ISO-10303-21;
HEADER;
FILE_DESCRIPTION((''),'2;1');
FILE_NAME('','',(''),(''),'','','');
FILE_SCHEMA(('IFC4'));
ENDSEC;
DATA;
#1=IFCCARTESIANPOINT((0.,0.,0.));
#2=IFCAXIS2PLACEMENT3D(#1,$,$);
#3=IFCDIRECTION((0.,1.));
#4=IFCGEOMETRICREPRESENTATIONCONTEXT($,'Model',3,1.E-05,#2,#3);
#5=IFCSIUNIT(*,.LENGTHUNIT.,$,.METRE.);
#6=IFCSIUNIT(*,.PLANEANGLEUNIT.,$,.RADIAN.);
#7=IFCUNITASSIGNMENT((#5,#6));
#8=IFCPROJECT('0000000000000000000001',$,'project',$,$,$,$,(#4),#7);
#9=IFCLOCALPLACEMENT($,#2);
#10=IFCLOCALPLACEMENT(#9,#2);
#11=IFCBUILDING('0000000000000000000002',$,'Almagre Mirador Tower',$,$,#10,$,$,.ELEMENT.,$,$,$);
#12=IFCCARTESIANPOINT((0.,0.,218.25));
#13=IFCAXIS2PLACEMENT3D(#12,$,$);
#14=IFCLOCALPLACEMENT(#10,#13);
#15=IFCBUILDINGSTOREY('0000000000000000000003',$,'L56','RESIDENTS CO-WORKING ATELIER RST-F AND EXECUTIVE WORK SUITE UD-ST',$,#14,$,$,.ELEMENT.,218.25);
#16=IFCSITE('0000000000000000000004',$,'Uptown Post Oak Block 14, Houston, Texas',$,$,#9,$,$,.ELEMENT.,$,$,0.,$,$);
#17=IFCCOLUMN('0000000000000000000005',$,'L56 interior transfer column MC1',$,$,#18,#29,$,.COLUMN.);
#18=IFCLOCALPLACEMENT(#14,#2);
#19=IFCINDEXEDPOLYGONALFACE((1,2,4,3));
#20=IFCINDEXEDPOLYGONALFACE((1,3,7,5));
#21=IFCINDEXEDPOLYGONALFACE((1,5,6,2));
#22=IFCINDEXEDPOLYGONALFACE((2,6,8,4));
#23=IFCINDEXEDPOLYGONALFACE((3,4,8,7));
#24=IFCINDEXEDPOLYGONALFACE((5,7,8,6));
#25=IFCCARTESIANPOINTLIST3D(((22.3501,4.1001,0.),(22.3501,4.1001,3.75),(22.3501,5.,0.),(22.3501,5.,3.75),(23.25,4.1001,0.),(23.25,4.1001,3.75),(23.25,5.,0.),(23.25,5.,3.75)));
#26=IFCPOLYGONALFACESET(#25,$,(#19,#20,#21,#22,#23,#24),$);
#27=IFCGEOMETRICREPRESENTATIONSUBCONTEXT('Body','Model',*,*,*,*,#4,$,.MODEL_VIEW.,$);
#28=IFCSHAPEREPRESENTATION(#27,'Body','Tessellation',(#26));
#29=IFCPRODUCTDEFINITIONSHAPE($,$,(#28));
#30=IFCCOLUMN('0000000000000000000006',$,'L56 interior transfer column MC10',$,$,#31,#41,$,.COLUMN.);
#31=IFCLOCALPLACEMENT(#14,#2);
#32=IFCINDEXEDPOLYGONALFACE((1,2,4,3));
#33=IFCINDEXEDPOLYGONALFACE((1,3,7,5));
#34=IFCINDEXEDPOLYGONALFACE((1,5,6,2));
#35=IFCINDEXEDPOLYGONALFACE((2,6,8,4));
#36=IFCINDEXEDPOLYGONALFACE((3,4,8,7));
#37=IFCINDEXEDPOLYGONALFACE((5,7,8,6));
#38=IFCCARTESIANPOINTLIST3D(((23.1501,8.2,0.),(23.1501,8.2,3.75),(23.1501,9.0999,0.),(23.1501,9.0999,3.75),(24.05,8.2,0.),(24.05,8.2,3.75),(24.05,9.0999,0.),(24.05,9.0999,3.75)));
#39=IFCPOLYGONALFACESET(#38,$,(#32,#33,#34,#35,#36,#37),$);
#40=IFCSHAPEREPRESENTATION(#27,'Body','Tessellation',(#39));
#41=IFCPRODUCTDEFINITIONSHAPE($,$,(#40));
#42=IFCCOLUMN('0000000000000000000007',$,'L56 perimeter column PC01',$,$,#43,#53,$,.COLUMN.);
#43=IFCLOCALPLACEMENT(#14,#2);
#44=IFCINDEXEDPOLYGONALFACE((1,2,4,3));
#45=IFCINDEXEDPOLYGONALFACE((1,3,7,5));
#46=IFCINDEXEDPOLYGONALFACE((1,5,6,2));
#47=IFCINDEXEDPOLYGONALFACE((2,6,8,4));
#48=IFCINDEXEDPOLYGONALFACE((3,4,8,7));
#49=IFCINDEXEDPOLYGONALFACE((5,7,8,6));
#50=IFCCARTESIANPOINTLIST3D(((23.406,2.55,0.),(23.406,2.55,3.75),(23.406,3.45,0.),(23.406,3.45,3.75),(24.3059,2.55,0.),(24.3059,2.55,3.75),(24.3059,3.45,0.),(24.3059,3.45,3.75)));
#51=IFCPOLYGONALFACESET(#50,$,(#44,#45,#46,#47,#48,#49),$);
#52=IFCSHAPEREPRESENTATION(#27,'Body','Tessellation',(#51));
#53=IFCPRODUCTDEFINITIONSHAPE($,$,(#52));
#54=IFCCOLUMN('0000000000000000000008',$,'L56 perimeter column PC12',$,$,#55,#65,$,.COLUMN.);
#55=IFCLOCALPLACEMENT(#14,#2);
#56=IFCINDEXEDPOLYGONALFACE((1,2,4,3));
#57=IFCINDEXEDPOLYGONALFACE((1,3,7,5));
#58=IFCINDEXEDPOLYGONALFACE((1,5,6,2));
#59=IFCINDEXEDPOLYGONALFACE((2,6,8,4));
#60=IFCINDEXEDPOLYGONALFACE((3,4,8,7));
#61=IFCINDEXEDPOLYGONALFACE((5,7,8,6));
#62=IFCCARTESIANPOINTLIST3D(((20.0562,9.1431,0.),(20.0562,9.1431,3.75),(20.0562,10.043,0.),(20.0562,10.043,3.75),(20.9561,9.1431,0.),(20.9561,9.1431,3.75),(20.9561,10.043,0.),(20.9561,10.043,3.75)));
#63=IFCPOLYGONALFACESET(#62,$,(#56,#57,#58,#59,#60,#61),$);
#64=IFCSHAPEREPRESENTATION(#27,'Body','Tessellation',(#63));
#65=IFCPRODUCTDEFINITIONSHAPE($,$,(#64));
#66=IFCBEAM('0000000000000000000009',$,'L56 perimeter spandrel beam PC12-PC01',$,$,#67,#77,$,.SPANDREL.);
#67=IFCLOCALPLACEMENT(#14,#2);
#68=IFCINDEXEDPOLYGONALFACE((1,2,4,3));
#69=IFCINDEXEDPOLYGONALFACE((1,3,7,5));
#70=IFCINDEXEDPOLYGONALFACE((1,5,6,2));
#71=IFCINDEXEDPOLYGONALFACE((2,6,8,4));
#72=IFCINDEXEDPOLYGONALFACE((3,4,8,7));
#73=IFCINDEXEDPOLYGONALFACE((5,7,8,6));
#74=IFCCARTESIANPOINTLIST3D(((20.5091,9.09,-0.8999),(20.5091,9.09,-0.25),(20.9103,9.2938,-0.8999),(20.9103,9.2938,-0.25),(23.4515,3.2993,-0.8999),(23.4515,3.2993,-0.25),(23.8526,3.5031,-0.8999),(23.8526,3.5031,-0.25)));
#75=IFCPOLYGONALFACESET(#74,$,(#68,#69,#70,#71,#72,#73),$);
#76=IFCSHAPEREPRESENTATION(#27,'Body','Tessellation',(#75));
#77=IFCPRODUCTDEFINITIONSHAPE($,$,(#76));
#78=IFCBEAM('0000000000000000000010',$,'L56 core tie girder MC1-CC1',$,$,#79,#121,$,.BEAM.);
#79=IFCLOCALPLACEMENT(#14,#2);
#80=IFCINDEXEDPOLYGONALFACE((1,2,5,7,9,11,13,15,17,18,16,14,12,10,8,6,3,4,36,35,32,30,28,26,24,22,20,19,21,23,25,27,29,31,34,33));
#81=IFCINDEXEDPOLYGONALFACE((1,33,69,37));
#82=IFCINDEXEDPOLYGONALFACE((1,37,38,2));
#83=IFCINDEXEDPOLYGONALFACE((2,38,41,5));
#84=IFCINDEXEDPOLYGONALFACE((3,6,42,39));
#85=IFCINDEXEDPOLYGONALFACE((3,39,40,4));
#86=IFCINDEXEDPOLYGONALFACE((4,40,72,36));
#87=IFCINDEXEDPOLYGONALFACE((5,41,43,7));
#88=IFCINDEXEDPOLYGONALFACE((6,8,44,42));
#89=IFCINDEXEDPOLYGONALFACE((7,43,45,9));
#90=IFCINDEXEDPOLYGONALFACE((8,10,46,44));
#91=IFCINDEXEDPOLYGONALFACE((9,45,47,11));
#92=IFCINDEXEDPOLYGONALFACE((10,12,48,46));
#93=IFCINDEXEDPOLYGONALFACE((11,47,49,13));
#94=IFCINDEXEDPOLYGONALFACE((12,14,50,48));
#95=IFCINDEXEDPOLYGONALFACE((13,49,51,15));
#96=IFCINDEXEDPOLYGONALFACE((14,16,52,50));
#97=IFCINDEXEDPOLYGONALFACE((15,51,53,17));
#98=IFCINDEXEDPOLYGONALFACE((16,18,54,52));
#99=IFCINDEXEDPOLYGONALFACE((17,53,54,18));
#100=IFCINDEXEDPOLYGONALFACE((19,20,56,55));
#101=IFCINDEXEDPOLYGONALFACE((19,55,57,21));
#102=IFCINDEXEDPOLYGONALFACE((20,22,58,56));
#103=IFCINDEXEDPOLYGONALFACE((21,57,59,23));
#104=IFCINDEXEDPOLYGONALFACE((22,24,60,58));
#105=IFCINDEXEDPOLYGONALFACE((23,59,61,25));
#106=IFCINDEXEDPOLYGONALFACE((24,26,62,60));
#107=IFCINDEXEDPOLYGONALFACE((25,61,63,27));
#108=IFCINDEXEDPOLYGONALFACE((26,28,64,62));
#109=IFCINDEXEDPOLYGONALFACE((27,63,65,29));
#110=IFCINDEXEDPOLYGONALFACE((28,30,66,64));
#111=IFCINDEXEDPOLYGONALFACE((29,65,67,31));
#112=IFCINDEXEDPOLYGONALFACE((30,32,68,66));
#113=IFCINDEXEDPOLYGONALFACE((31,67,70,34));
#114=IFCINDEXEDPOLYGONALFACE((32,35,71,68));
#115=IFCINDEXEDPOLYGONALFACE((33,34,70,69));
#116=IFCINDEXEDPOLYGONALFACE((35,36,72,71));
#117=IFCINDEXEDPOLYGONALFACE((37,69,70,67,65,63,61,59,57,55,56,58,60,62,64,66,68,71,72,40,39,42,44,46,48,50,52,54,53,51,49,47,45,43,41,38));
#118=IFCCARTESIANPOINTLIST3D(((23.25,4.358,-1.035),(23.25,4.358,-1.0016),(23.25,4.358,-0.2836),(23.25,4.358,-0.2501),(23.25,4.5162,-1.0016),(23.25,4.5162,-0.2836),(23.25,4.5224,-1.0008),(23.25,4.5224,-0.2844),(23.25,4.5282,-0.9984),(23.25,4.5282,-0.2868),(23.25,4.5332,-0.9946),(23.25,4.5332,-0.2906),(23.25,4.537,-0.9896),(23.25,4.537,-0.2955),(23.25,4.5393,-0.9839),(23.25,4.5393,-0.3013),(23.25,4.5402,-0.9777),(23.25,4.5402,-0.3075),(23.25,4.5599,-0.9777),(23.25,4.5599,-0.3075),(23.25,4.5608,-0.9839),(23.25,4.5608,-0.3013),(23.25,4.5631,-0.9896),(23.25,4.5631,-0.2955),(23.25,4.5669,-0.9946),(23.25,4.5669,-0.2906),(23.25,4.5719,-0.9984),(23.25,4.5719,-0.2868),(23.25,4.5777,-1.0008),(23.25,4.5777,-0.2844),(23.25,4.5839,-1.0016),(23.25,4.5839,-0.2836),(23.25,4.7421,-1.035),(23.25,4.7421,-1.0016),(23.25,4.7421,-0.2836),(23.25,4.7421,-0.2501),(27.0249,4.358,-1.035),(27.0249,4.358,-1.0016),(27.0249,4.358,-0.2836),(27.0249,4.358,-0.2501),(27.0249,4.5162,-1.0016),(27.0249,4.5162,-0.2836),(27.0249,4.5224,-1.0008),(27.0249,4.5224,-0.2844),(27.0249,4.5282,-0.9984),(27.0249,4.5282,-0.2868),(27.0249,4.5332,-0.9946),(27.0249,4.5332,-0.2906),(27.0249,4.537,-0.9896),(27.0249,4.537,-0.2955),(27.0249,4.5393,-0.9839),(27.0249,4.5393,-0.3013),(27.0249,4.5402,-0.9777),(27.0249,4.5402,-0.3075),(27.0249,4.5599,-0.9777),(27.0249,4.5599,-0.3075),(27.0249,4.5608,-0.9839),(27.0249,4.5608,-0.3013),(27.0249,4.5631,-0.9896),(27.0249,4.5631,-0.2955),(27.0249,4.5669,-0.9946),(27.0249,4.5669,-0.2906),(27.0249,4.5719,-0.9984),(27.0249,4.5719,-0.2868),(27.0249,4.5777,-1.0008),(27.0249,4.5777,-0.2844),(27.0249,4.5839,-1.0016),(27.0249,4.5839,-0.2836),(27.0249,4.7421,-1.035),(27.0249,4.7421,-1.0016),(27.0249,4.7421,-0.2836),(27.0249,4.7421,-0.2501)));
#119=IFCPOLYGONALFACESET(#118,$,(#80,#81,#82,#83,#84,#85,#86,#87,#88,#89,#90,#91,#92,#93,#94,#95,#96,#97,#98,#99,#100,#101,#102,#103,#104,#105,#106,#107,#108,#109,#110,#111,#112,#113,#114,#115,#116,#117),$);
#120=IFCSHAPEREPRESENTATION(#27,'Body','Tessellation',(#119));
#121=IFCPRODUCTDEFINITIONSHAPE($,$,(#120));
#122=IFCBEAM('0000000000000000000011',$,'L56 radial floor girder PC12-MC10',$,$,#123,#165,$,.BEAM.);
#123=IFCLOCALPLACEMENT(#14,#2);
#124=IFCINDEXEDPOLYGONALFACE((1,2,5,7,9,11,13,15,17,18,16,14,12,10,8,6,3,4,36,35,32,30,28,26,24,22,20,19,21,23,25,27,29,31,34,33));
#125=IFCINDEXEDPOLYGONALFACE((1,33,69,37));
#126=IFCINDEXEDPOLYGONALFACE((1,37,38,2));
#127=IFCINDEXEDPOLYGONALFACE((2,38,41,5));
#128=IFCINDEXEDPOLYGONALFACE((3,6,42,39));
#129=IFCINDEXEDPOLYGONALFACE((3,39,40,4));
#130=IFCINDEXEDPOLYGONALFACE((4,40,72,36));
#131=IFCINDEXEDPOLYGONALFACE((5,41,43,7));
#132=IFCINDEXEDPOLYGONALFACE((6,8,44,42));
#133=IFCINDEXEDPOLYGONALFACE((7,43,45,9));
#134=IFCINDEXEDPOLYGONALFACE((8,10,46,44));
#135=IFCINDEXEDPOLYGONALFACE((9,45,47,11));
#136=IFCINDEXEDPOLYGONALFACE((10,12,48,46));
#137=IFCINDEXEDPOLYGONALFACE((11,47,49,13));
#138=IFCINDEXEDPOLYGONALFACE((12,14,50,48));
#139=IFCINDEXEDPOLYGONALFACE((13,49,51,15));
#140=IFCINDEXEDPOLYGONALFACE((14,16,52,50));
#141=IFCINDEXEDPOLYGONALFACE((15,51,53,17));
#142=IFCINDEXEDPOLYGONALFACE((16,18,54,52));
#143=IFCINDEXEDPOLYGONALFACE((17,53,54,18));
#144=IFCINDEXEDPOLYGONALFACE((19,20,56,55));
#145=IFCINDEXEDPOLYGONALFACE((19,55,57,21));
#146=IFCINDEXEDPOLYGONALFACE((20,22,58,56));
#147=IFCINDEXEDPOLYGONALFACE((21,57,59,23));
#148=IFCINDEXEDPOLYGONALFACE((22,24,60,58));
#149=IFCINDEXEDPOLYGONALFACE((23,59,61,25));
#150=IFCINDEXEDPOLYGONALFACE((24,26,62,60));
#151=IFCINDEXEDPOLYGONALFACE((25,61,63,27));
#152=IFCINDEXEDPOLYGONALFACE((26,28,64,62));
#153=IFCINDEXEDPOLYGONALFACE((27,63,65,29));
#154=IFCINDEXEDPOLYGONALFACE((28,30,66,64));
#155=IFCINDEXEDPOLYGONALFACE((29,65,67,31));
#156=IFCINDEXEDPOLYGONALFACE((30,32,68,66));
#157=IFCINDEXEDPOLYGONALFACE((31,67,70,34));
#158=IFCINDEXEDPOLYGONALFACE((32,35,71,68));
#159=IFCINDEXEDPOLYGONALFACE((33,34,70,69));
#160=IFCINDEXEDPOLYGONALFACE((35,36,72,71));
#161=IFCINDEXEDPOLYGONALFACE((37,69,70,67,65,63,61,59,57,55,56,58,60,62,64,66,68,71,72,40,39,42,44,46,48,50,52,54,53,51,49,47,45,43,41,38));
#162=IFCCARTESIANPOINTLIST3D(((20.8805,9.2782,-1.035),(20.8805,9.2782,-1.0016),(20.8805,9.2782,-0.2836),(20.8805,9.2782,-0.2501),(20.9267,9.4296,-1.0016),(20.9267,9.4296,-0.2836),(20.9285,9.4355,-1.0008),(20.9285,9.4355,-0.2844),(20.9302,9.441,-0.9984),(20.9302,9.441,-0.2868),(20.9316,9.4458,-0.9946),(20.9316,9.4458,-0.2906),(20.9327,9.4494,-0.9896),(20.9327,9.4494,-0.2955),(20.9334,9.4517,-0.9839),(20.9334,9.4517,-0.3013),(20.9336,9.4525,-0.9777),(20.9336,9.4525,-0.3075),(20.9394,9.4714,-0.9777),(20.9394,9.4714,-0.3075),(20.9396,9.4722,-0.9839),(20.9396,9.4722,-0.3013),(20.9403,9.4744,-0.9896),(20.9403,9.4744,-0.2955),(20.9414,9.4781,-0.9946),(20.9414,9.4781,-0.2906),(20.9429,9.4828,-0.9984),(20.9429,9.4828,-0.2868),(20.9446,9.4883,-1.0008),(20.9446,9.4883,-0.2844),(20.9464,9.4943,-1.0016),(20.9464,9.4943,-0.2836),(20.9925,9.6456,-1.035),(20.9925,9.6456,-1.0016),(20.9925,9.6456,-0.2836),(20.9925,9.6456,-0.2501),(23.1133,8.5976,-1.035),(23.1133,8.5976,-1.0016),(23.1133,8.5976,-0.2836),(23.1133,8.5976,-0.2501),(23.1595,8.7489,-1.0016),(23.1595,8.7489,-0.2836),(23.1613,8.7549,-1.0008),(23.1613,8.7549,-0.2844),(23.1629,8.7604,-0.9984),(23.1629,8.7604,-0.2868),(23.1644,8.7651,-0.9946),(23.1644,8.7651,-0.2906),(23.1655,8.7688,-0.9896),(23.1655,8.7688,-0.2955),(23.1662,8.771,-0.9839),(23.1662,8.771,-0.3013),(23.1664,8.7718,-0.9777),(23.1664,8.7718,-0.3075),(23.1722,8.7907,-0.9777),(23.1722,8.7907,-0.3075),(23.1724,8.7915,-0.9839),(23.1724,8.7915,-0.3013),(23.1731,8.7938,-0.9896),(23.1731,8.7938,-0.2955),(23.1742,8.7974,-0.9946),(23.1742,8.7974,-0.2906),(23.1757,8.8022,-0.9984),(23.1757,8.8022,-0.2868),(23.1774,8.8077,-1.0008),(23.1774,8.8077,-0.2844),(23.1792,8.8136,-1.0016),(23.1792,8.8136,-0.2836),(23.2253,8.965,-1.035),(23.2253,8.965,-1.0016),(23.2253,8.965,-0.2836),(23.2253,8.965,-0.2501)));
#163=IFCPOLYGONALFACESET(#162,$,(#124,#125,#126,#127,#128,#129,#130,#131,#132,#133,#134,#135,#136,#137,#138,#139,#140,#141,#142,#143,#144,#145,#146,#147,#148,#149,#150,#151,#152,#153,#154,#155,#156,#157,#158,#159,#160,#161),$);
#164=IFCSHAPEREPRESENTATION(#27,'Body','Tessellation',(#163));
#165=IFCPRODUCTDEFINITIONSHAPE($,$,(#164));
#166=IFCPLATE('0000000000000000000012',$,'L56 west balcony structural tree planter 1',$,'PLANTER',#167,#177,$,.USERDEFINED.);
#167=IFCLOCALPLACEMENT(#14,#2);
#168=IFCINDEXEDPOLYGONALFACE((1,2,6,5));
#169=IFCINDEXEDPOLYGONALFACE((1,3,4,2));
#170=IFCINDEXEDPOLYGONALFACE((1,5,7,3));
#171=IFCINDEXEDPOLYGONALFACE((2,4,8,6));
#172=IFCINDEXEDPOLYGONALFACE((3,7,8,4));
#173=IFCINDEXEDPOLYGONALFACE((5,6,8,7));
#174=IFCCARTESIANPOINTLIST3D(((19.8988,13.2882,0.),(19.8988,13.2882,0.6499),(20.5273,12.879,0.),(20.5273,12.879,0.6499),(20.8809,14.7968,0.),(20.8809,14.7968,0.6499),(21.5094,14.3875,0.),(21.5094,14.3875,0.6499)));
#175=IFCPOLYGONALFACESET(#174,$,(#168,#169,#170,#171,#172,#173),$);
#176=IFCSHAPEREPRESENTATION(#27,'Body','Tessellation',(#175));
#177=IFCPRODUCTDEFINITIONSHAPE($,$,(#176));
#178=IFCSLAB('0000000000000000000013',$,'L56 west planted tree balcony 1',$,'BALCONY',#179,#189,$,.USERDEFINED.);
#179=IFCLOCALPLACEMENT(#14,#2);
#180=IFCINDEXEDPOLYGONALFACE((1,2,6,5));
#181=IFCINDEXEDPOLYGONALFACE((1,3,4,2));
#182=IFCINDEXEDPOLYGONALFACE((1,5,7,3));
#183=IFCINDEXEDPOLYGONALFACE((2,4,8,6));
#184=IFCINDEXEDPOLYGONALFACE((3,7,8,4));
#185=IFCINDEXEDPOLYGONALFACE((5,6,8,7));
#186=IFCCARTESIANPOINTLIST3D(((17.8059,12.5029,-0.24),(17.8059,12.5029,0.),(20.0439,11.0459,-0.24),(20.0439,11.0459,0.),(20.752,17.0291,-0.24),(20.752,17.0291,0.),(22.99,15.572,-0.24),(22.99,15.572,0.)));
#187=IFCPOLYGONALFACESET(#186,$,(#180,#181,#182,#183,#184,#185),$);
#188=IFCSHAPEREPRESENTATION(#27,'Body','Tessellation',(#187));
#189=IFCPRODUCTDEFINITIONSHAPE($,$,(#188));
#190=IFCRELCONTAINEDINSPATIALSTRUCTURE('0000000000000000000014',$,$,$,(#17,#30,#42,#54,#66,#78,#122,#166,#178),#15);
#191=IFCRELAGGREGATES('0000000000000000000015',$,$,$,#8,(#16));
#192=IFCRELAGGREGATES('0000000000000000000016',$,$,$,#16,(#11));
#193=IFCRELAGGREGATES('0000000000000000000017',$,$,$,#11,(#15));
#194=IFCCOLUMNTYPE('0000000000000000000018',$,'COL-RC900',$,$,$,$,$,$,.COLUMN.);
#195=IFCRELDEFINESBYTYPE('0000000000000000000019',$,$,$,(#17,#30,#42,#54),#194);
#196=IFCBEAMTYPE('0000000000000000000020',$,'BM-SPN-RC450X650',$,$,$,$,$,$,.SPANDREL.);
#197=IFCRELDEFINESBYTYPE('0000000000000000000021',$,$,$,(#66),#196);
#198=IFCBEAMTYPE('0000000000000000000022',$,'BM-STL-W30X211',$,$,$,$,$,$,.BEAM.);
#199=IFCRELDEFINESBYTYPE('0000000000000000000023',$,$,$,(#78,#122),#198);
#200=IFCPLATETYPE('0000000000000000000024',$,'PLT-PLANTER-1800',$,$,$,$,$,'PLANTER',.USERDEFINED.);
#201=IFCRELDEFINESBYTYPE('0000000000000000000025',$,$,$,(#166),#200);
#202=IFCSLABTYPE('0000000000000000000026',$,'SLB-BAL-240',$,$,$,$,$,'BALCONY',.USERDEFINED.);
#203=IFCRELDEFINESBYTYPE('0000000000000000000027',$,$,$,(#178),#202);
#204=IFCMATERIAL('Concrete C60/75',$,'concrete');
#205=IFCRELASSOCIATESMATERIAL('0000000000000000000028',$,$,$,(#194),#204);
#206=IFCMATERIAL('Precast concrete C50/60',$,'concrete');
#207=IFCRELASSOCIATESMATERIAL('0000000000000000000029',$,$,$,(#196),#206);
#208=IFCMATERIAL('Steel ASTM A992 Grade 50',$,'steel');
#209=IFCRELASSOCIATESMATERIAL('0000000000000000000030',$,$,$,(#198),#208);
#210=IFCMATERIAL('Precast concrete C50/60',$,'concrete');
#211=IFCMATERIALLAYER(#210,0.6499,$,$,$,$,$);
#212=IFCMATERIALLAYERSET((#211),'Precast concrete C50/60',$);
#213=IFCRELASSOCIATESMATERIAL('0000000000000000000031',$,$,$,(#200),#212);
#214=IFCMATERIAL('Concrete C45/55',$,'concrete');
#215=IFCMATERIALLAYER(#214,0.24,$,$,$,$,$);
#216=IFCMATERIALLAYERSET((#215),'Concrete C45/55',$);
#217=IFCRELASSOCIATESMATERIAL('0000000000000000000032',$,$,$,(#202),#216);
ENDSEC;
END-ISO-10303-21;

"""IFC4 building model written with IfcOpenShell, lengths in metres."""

from ifc_helpers import new_model, si_unit, direction, frame, origin, origin_2d, place, context, subcontext, project, spatial, polyline, rectangle, i_section, outline, extrude, material, layer, layer_set, material_profile, profile_set, type_object, element, save


model = new_model("IFC4")

# Units and contexts
model_context = context("Model", 3, precision=1e-05, world=origin(), true_north=direction((0.0, 1.0)))
body_context = subcontext(model_context, "Body", "Model", "MODEL_VIEW")
ifc_project = project(units=[si_unit("LENGTHUNIT", "METRE"), si_unit("PLANEANGLEUNIT", "RADIAN")], contexts=[model_context])

# Site, building, storey
site_placement = place(None, origin())
site = spatial("IfcSite", under=ifc_project, at=site_placement, Name="Uptown Post Oak Block 14, Houston, Texas", CompositionType="ELEMENT", RefElevation=0.0)
building_placement = place(site_placement, origin())
building = spatial("IfcBuilding", under=site, at=building_placement, Name="Almagre Mirador Tower", CompositionType="ELEMENT")
storey_placement = place(building_placement, frame((0.0, 0.0, 218.25)))
storey = spatial("IfcBuildingStorey", under=building, at=storey_placement, Name="L56", Description="RESIDENTS CO-WORKING ATELIER RST-F AND EXECUTIVE WORK SUITE UD-ST", CompositionType="ELEMENT", Elevation=218.25)

# Columns
ifc_material_1 = material(Name="Concrete C60/75", Category="concrete")
ifc_material_profile_1 = material_profile(ifc_material_1, rectangle(XDim=0.8999, YDim=0.8999, at=origin_2d()), Name="RC900X900")
ifc_profile_set_1 = profile_set([ifc_material_profile_1], Name="Concrete C60/75")
column_type = type_object("IfcColumnType", Name="COL-RC900", PredefinedType="COLUMN", material=ifc_profile_set_1)
for number, where, z_axis, x_axis, name in (
    (1, (22.8, 4.55, 0.0), (0.0, 0.0, 1.0), (1.0, 0.0, 0.0), "L56 interior transfer column MC1"),
    (2, (23.6001, 8.6499, 0.0), (0.0, 0.0, 1.0), (1.0, 0.0, 0.0), "L56 interior transfer column MC10"),
    (3, (23.856, 3.0, 0.0), (0.0, 0.0, 1.0), (1.0, 0.0, 0.0), "L56 perimeter column PC01"),
    (4, (20.5061, 9.593, 0.0), (0.0, 0.0, 1.0), (1.0, 0.0, 0.0), "L56 perimeter column PC12"),
):
    element("IfcColumn", number, at=place(storey_placement, frame(where, z_axis=z_axis, x_axis=x_axis)), inside=storey, type_object=column_type, Name=name, PredefinedType="COLUMN", context=body_context, shape_type="SweptSolid", body=[
        extrude(rectangle(XDim=0.8999, YDim=0.8999, at=origin_2d()), origin(), (0.0, 0.0, 1.0), 3.75),
    ])

# Beams
ifc_material_2 = material(Name="Precast concrete C50/60", Category="concrete")
ifc_material_profile_2 = material_profile(ifc_material_2, rectangle(XDim=0.45, YDim=0.6499, at=origin_2d()), Name="RC450X650")
ifc_profile_set_2 = profile_set([ifc_material_profile_2], Name="Precast concrete C50/60")
beam_type_1 = type_object("IfcBeamType", Name="BM-SPN-RC450X650", PredefinedType="SPANDREL", material=ifc_profile_set_2)
beam_1_placement = place(storey_placement, frame((20.7097, 9.1919, -0.575), z_axis=(0.452993, -0.891514, 0.0), x_axis=(0.891514, 0.452993, 0.0)))
element("IfcBeam", 5, at=beam_1_placement, inside=storey, type_object=beam_type_1, Name="L56 perimeter spandrel beam PC12-PC01", PredefinedType="SPANDREL", context=body_context, shape_type="SweptSolid", body=[
    extrude(rectangle(XDim=0.45, YDim=0.6499, at=origin_2d()), origin(), (0.0, 0.0, 1.0), 6.4954),
])
ifc_material_3 = material(Name="Steel ASTM A992 Grade 50", Category="steel")
ifc_material_profile_3 = material_profile(ifc_material_3, i_section(OverallWidth=0.384, OverallDepth=0.7849, WebThickness=0.0198, FlangeThickness=0.0334, FilletRadius=0.0239, at=origin_2d()), Name="W30X211")
ifc_profile_set_3 = profile_set([ifc_material_profile_3], Name="Steel ASTM A992 Grade 50")
beam_type_2 = type_object("IfcBeamType", Name="BM-STL-W30X211", PredefinedType="BEAM", material=ifc_profile_set_3)
beam_2_placement = place(storey_placement, frame((23.25, 4.55, -0.6426), z_axis=(1.0, 0.0, 0.0), x_axis=(0.0, 1.0, 0.0)))
element("IfcBeam", 6, at=beam_2_placement, inside=storey, type_object=beam_type_2, Name="L56 core tie girder MC1-CC1", PredefinedType="BEAM", context=body_context, shape_type="SweptSolid", body=[
    extrude(i_section(OverallWidth=0.384, OverallDepth=0.7849, WebThickness=0.0198, FlangeThickness=0.0334, FilletRadius=0.0239, at=origin_2d()), origin(), (0.0, 0.0, 1.0), 3.7749),
])
beam_3_placement = place(storey_placement, frame((20.9365, 9.4619, -0.6426), z_axis=(0.956545, -0.291586, 0.0), x_axis=(0.291586, 0.956545, 0.0)))
element("IfcBeam", 7, at=beam_3_placement, inside=storey, type_object=beam_type_2, Name="L56 radial floor girder PC12-MC10", PredefinedType="BEAM", context=body_context, shape_type="SweptSolid", body=[
    extrude(i_section(OverallWidth=0.384, OverallDepth=0.7849, WebThickness=0.0198, FlangeThickness=0.0334, FilletRadius=0.0239, at=origin_2d()), origin(), (0.0, 0.0, 1.0), 2.3342),
])

# Plate
ifc_material_4 = material(Name="Precast concrete C50/60", Category="concrete")
ifc_layer_1 = layer(ifc_material_4, 0.6499)
ifc_layer_set_1 = layer_set([ifc_layer_1], Name="Precast concrete C50/60")
plate_type = type_object("IfcPlateType", Name="PLT-PLANTER-1800", ElementType="PLANTER", PredefinedType="USERDEFINED", material=ifc_layer_set_1)
plate_placement = place(storey_placement, frame((20.7041, 13.8379, 0.0), z_axis=(0.0, 0.0, 1.0), x_axis=(-0.545605, -0.838043, 0.0)))
element("IfcPlate", 8, at=plate_placement, inside=storey, type_object=plate_type, Name="L56 west balcony structural tree planter 1", ObjectType="PLANTER", PredefinedType="USERDEFINED", context=body_context, shape_type="SweptSolid", body=[
    extrude(rectangle(XDim=1.8, YDim=0.75, at=origin_2d()), origin(), (0.0, 0.0, 1.0), 0.6499),
])

# Slab
ifc_material_5 = material(Name="Concrete C45/55", Category="concrete")
ifc_layer_2 = layer(ifc_material_5, 0.24)
ifc_layer_set_2 = layer_set([ifc_layer_2], Name="Concrete C45/55")
slab_type_1 = type_object("IfcSlabType", Name="SLB-BAL-240", ElementType="BALCONY", PredefinedType="USERDEFINED", material=ifc_layer_set_2)
slab_1_placement = place(storey_placement, frame((0.0, 0.0, -0.24)))
element("IfcSlab", 9, at=slab_1_placement, inside=storey, type_object=slab_type_1, Name="L56 west planted tree balcony 1", ObjectType="BALCONY", PredefinedType="USERDEFINED", context=body_context, shape_type="SweptSolid", body=[
    extrude(outline(polyline([(22.99, 15.572), (20.0439, 11.0459), (17.8059, 12.5029), (20.752, 17.0291), (22.99, 15.572)])), origin(), (0.0, 0.0, 1.0), 0.24),
])

save(model, "model.ifc")
